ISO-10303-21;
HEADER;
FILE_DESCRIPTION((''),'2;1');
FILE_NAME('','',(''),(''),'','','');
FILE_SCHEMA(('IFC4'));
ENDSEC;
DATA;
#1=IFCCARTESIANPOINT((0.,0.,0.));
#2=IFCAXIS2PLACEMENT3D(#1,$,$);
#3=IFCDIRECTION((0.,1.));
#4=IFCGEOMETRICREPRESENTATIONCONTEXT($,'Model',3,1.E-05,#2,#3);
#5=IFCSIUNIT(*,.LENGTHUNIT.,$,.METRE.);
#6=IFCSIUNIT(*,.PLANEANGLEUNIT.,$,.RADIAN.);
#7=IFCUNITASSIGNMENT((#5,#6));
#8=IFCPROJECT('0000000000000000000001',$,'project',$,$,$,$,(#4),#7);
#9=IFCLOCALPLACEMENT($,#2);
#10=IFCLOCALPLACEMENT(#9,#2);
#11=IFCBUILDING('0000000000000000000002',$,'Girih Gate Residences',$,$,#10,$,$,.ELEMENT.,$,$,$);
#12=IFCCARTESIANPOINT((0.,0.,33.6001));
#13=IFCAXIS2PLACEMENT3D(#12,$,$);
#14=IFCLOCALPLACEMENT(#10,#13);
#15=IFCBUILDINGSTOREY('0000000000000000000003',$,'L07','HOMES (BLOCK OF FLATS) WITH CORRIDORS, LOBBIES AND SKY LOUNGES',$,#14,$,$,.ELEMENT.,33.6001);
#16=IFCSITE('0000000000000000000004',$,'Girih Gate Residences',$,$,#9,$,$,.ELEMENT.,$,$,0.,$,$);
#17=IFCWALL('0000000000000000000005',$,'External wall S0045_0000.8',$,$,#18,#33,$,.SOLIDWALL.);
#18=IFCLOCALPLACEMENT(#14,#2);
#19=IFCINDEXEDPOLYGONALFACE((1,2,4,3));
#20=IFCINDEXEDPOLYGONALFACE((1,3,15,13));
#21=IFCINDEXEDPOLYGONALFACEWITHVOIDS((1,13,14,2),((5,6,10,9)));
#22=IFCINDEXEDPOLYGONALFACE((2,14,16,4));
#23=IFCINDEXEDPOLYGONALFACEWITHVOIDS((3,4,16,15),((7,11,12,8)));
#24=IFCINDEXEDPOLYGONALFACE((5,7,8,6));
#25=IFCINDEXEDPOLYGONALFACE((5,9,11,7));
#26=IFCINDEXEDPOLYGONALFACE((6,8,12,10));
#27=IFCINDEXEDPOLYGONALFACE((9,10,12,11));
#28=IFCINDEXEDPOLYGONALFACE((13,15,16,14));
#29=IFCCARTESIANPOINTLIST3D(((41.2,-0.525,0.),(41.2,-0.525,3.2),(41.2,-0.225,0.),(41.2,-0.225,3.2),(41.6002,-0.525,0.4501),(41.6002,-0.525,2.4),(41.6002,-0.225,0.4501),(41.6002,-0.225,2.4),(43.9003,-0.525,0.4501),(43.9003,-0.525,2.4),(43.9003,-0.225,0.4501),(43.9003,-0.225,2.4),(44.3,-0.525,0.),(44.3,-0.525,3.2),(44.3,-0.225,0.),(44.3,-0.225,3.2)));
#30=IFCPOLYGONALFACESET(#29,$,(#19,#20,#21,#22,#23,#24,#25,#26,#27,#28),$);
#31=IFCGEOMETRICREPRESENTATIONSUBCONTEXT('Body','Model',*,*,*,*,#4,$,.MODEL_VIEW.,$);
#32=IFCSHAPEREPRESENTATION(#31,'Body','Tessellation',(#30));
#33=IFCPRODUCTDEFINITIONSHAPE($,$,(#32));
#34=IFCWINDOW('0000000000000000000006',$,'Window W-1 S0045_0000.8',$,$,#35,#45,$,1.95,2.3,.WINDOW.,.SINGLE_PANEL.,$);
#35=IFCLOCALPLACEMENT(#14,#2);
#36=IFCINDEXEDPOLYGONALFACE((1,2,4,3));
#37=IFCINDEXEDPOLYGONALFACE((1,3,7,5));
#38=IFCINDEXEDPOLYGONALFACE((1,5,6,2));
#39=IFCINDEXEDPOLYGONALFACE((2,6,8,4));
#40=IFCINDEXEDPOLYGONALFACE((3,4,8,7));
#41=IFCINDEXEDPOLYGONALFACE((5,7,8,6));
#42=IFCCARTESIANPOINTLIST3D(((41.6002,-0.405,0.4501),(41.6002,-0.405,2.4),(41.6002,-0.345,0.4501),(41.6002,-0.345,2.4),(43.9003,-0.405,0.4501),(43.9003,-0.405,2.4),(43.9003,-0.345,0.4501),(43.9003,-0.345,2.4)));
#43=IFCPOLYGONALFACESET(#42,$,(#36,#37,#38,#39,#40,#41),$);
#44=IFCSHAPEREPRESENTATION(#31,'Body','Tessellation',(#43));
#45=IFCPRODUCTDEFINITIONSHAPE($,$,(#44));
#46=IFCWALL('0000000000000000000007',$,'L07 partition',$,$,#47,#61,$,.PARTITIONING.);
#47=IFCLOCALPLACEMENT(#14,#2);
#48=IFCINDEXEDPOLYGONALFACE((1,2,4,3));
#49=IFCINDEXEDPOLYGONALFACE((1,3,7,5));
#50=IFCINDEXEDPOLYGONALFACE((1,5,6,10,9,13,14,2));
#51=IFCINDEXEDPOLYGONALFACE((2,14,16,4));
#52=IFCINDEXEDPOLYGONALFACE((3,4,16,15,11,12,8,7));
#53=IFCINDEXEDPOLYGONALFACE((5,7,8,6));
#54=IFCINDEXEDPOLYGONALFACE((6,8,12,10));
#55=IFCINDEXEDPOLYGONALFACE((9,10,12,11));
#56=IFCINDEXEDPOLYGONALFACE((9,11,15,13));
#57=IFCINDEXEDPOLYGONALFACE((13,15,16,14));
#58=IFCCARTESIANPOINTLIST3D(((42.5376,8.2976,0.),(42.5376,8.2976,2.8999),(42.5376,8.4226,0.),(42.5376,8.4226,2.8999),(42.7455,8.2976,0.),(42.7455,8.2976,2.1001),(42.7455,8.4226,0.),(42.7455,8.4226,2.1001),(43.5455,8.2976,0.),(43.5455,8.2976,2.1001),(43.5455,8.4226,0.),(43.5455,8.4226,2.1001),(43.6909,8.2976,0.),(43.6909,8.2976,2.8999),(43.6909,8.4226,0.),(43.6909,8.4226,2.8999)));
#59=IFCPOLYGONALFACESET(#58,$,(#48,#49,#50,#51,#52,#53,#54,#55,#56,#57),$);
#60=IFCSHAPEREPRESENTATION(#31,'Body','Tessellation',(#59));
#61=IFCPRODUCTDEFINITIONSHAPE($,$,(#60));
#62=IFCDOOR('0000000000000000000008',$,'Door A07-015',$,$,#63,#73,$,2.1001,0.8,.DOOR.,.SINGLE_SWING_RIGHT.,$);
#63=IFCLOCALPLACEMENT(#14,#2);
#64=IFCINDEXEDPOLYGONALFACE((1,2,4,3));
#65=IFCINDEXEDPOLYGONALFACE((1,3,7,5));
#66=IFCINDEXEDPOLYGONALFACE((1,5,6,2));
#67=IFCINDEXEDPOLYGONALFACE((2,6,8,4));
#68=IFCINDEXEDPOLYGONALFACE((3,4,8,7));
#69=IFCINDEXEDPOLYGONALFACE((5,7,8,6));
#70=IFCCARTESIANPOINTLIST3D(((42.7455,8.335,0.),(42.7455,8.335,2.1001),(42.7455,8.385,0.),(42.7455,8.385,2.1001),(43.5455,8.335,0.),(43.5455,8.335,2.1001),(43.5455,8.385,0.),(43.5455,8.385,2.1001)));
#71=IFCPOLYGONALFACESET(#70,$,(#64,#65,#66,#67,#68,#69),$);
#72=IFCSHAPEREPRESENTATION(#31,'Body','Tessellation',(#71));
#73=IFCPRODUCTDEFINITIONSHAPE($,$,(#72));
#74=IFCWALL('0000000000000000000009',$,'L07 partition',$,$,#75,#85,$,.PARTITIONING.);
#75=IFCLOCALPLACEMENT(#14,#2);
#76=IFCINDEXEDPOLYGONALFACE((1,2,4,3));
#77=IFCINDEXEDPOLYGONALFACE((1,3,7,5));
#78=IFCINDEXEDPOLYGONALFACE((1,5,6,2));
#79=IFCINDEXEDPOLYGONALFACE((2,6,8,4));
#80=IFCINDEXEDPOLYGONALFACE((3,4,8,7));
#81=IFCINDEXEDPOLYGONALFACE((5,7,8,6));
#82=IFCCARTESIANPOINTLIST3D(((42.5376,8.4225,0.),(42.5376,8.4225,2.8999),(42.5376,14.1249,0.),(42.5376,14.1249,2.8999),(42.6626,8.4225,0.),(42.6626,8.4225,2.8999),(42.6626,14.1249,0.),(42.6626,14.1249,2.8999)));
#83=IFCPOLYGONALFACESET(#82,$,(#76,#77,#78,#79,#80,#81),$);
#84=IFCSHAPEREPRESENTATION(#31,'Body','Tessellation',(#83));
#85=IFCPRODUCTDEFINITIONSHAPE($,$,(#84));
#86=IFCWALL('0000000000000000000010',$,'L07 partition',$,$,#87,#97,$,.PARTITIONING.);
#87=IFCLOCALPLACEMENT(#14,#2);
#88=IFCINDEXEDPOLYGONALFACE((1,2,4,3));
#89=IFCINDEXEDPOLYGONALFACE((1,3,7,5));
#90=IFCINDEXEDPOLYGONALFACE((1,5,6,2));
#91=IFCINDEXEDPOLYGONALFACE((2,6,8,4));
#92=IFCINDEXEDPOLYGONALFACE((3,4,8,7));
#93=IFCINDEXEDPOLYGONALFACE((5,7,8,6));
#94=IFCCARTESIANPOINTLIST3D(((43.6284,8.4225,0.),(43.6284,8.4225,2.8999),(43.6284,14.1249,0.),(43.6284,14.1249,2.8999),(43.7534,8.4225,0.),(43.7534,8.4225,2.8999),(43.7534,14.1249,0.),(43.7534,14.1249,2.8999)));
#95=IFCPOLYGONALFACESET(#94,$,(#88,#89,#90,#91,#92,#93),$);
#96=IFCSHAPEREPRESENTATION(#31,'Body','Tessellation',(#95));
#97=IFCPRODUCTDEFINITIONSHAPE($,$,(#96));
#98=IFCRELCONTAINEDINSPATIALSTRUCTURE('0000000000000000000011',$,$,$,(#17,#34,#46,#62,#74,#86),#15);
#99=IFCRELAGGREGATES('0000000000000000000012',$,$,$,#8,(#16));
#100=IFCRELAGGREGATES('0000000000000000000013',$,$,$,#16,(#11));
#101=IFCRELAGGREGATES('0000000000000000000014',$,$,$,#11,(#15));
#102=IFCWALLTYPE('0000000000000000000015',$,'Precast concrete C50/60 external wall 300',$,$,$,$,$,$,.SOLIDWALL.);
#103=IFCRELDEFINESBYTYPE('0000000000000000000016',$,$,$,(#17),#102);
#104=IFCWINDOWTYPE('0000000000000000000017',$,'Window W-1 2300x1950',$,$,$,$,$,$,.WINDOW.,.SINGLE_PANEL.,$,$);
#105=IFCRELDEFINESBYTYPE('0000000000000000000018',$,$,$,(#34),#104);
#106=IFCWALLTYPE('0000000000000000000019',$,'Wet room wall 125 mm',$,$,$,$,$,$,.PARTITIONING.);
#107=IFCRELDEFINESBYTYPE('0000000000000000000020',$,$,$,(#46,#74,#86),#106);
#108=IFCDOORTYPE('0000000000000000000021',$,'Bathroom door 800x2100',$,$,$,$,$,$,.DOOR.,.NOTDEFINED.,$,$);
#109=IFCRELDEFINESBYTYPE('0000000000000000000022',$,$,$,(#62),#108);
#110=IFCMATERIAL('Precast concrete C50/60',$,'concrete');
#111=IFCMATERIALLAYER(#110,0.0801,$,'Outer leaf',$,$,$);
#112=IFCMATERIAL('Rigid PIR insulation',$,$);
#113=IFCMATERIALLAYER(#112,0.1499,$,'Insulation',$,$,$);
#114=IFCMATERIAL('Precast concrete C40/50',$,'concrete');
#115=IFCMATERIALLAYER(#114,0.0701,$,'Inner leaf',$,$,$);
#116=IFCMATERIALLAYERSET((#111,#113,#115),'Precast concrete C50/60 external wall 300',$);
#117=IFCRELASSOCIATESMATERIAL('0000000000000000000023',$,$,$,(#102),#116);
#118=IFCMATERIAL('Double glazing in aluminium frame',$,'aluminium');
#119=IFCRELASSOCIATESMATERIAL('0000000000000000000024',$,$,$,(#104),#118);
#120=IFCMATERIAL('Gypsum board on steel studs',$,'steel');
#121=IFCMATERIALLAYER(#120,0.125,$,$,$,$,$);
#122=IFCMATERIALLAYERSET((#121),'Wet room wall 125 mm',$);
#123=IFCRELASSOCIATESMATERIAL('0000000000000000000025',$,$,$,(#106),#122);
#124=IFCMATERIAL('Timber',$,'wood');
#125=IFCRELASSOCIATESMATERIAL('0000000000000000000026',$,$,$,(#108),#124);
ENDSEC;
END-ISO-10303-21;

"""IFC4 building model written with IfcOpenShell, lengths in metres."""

from ifc_helpers import new_model, si_unit, direction, frame, frame_2d, origin, place, context, subcontext, project, spatial, rectangle, extrude, material, layer, layer_set, type_object, element, fill, save


model = new_model("IFC4")

# Units and contexts
model_context = context("Model", 3, precision=1e-05, world=origin(), true_north=direction((0.0, 1.0)))
body_context = subcontext(model_context, "Body", "Model", "MODEL_VIEW")
ifc_project = project(units=[si_unit("LENGTHUNIT", "METRE"), si_unit("PLANEANGLEUNIT", "RADIAN")], contexts=[model_context])

# Site, building, storey
site_placement = place(None, origin())
site = spatial("IfcSite", under=ifc_project, at=site_placement, Name="Girih Gate Residences", CompositionType="ELEMENT", RefElevation=0.0)
building_placement = place(site_placement, origin())
building = spatial("IfcBuilding", under=site, at=building_placement, Name="Girih Gate Residences", CompositionType="ELEMENT")
storey_placement = place(building_placement, frame((0.0, 0.0, 33.6001)))
storey = spatial("IfcBuildingStorey", under=building, at=storey_placement, Name="L07", Description="HOMES (BLOCK OF FLATS) WITH CORRIDORS, LOBBIES AND SKY LOUNGES", CompositionType="ELEMENT", Elevation=33.6001)

# Shared definitions
ifc_material_1 = material(Name="Gypsum board on steel studs", Category="steel")
ifc_material_2 = material(Name="Timber", Category="wood")

# Wall, opening, window
ifc_material_3 = material(Name="Precast concrete C50/60", Category="concrete")
ifc_layer_1 = layer(ifc_material_3, 0.0801, Name="Outer leaf")
ifc_material_4 = material(Name="Rigid PIR insulation")
ifc_layer_2 = layer(ifc_material_4, 0.1499, Name="Insulation")
ifc_material_5 = material(Name="Precast concrete C40/50", Category="concrete")
ifc_layer_3 = layer(ifc_material_5, 0.0701, Name="Inner leaf")
ifc_layer_set_1 = layer_set([ifc_layer_1, ifc_layer_2, ifc_layer_3], Name="Precast concrete C50/60 external wall 300")
wall_type_1 = type_object("IfcWallType", Name="Precast concrete C50/60 external wall 300", PredefinedType="SOLIDWALL", material=ifc_layer_set_1)
wall_1_placement = place(storey_placement, frame((44.3, -0.375, 0.0), z_axis=(0.0, 0.0, 1.0), x_axis=(-1.0, 0.0, 0.0)))
wall_1 = element("IfcWall", 1, at=wall_1_placement, inside=storey, type_object=wall_type_1, Name="External wall S0045_0000.8", PredefinedType="SOLIDWALL", context=body_context, shape_type="SweptSolid", body=[
    extrude(rectangle(XDim=3.1001, YDim=0.3, at=frame_2d((1.55, 0.0))), origin(), (0.0, 0.0, 1.0), 3.2),
])
opening_1_placement = place(wall_1_placement, frame((0.3999, 0.0, 0.45)))
opening_1 = element("IfcOpeningElement", 2, at=opening_1_placement, cuts=wall_1, PredefinedType="OPENING", context=body_context, shape_type="SweptSolid", body=[
    extrude(rectangle(XDim=2.3, YDim=1.95, at=frame_2d((1.1499, 0.9751))), frame((0.0, 0.1599, 0.0), z_axis=(0.0, -1.0, 0.0), x_axis=(1.0, 0.0, 0.0)), (0.0, 0.0, 1.0), 0.3201),
])
ifc_material_6 = material(Name="Double glazing in aluminium frame", Category="aluminium")
window_type = type_object("IfcWindowType", Name="Window W-1 2300x1950", PartitioningType="SINGLE_PANEL", PredefinedType="WINDOW", material=ifc_material_6)
window_placement = place(opening_1_placement, origin())
window = element("IfcWindow", 3, at=window_placement, inside=storey, type_object=window_type, Name="Window W-1 S0045_0000.8", OverallHeight=1.95, OverallWidth=2.3, PartitioningType="SINGLE_PANEL", PredefinedType="WINDOW", context=body_context, shape_type="SweptSolid", body=[
    extrude(rectangle(XDim=2.3, YDim=1.95, at=frame_2d((1.1499, 0.9751))), frame((0.0, 0.03, 0.0), z_axis=(0.0, -1.0, 0.0), x_axis=(1.0, 0.0, 0.0)), (0.0, 0.0, 1.0), 0.0601),
])
fill(opening_1, window)

# Wall, opening, door
ifc_layer_4 = layer(ifc_material_1, 0.125)
ifc_layer_set_2 = layer_set([ifc_layer_4], Name="Wet room wall 125 mm")
wall_type_2 = type_object("IfcWallType", Name="Wet room wall 125 mm", PredefinedType="PARTITIONING", material=ifc_layer_set_2)
wall_2_placement = place(storey_placement, frame((42.5376, 8.3601, 0.0), z_axis=(0.0, 0.0, 1.0), x_axis=(1.0, 0.0, 0.0)))
wall_2 = element("IfcWall", 4, at=wall_2_placement, inside=storey, type_object=wall_type_2, Name="L07 partition", PredefinedType="PARTITIONING", context=body_context, shape_type="SweptSolid", body=[
    extrude(rectangle(XDim=1.1533, YDim=0.125, at=frame_2d((0.5767, 0.0))), origin(), (0.0, 0.0, 1.0), 2.8999),
])
opening_2_placement = place(wall_2_placement, frame((0.208, 0.0, 0.0)))
opening_2 = element("IfcOpeningElement", 5, at=opening_2_placement, cuts=wall_2, PredefinedType="OPENING", context=body_context, shape_type="SweptSolid", body=[
    extrude(rectangle(XDim=0.8, YDim=2.1001, at=frame_2d((0.3999, 1.05))), frame((0.0, 0.0725, 0.0), z_axis=(0.0, -1.0, 0.0), x_axis=(1.0, 0.0, 0.0)), (0.0, 0.0, 1.0), 0.145),
])
door_type_1 = type_object("IfcDoorType", Name="Bathroom door 800x2100", OperationType="NOTDEFINED", PredefinedType="DOOR", material=ifc_material_2)
door_1_placement = place(opening_2_placement, origin())
door_1 = element("IfcDoor", 6, at=door_1_placement, inside=storey, type_object=door_type_1, Name="Door A07-015", OperationType="SINGLE_SWING_RIGHT", OverallHeight=2.1001, OverallWidth=0.8, PredefinedType="DOOR", context=body_context, shape_type="SweptSolid", body=[
    extrude(rectangle(XDim=0.8, YDim=2.1001, at=frame_2d((0.3999, 1.05))), frame((0.0, 0.0249, 0.0), z_axis=(0.0, -1.0, 0.0), x_axis=(1.0, 0.0, 0.0)), (0.0, 0.0, 1.0), 0.05),
])
fill(opening_2, door_1)

# Walls
for number, where, z_axis, x_axis, name in (
    (7, (42.6001, 8.4226, 0.0), (0.0, 0.0, 1.0), (0.0, 1.0, 0.0), "L07 partition"),
    (8, (43.6909, 8.4226, 0.0), (0.0, 0.0, 1.0), (0.0, 1.0, 0.0), "L07 partition"),
):
    element("IfcWall", number, at=place(storey_placement, frame(where, z_axis=z_axis, x_axis=x_axis)), inside=storey, type_object=wall_type_2, Name=name, PredefinedType="PARTITIONING", context=body_context, shape_type="SweptSolid", body=[
        extrude(rectangle(XDim=5.7024, YDim=0.125, at=frame_2d((2.8511, 0.0))), origin(), (0.0, 0.0, 1.0), 2.8999),
    ])

save(model, "model.ifc")
